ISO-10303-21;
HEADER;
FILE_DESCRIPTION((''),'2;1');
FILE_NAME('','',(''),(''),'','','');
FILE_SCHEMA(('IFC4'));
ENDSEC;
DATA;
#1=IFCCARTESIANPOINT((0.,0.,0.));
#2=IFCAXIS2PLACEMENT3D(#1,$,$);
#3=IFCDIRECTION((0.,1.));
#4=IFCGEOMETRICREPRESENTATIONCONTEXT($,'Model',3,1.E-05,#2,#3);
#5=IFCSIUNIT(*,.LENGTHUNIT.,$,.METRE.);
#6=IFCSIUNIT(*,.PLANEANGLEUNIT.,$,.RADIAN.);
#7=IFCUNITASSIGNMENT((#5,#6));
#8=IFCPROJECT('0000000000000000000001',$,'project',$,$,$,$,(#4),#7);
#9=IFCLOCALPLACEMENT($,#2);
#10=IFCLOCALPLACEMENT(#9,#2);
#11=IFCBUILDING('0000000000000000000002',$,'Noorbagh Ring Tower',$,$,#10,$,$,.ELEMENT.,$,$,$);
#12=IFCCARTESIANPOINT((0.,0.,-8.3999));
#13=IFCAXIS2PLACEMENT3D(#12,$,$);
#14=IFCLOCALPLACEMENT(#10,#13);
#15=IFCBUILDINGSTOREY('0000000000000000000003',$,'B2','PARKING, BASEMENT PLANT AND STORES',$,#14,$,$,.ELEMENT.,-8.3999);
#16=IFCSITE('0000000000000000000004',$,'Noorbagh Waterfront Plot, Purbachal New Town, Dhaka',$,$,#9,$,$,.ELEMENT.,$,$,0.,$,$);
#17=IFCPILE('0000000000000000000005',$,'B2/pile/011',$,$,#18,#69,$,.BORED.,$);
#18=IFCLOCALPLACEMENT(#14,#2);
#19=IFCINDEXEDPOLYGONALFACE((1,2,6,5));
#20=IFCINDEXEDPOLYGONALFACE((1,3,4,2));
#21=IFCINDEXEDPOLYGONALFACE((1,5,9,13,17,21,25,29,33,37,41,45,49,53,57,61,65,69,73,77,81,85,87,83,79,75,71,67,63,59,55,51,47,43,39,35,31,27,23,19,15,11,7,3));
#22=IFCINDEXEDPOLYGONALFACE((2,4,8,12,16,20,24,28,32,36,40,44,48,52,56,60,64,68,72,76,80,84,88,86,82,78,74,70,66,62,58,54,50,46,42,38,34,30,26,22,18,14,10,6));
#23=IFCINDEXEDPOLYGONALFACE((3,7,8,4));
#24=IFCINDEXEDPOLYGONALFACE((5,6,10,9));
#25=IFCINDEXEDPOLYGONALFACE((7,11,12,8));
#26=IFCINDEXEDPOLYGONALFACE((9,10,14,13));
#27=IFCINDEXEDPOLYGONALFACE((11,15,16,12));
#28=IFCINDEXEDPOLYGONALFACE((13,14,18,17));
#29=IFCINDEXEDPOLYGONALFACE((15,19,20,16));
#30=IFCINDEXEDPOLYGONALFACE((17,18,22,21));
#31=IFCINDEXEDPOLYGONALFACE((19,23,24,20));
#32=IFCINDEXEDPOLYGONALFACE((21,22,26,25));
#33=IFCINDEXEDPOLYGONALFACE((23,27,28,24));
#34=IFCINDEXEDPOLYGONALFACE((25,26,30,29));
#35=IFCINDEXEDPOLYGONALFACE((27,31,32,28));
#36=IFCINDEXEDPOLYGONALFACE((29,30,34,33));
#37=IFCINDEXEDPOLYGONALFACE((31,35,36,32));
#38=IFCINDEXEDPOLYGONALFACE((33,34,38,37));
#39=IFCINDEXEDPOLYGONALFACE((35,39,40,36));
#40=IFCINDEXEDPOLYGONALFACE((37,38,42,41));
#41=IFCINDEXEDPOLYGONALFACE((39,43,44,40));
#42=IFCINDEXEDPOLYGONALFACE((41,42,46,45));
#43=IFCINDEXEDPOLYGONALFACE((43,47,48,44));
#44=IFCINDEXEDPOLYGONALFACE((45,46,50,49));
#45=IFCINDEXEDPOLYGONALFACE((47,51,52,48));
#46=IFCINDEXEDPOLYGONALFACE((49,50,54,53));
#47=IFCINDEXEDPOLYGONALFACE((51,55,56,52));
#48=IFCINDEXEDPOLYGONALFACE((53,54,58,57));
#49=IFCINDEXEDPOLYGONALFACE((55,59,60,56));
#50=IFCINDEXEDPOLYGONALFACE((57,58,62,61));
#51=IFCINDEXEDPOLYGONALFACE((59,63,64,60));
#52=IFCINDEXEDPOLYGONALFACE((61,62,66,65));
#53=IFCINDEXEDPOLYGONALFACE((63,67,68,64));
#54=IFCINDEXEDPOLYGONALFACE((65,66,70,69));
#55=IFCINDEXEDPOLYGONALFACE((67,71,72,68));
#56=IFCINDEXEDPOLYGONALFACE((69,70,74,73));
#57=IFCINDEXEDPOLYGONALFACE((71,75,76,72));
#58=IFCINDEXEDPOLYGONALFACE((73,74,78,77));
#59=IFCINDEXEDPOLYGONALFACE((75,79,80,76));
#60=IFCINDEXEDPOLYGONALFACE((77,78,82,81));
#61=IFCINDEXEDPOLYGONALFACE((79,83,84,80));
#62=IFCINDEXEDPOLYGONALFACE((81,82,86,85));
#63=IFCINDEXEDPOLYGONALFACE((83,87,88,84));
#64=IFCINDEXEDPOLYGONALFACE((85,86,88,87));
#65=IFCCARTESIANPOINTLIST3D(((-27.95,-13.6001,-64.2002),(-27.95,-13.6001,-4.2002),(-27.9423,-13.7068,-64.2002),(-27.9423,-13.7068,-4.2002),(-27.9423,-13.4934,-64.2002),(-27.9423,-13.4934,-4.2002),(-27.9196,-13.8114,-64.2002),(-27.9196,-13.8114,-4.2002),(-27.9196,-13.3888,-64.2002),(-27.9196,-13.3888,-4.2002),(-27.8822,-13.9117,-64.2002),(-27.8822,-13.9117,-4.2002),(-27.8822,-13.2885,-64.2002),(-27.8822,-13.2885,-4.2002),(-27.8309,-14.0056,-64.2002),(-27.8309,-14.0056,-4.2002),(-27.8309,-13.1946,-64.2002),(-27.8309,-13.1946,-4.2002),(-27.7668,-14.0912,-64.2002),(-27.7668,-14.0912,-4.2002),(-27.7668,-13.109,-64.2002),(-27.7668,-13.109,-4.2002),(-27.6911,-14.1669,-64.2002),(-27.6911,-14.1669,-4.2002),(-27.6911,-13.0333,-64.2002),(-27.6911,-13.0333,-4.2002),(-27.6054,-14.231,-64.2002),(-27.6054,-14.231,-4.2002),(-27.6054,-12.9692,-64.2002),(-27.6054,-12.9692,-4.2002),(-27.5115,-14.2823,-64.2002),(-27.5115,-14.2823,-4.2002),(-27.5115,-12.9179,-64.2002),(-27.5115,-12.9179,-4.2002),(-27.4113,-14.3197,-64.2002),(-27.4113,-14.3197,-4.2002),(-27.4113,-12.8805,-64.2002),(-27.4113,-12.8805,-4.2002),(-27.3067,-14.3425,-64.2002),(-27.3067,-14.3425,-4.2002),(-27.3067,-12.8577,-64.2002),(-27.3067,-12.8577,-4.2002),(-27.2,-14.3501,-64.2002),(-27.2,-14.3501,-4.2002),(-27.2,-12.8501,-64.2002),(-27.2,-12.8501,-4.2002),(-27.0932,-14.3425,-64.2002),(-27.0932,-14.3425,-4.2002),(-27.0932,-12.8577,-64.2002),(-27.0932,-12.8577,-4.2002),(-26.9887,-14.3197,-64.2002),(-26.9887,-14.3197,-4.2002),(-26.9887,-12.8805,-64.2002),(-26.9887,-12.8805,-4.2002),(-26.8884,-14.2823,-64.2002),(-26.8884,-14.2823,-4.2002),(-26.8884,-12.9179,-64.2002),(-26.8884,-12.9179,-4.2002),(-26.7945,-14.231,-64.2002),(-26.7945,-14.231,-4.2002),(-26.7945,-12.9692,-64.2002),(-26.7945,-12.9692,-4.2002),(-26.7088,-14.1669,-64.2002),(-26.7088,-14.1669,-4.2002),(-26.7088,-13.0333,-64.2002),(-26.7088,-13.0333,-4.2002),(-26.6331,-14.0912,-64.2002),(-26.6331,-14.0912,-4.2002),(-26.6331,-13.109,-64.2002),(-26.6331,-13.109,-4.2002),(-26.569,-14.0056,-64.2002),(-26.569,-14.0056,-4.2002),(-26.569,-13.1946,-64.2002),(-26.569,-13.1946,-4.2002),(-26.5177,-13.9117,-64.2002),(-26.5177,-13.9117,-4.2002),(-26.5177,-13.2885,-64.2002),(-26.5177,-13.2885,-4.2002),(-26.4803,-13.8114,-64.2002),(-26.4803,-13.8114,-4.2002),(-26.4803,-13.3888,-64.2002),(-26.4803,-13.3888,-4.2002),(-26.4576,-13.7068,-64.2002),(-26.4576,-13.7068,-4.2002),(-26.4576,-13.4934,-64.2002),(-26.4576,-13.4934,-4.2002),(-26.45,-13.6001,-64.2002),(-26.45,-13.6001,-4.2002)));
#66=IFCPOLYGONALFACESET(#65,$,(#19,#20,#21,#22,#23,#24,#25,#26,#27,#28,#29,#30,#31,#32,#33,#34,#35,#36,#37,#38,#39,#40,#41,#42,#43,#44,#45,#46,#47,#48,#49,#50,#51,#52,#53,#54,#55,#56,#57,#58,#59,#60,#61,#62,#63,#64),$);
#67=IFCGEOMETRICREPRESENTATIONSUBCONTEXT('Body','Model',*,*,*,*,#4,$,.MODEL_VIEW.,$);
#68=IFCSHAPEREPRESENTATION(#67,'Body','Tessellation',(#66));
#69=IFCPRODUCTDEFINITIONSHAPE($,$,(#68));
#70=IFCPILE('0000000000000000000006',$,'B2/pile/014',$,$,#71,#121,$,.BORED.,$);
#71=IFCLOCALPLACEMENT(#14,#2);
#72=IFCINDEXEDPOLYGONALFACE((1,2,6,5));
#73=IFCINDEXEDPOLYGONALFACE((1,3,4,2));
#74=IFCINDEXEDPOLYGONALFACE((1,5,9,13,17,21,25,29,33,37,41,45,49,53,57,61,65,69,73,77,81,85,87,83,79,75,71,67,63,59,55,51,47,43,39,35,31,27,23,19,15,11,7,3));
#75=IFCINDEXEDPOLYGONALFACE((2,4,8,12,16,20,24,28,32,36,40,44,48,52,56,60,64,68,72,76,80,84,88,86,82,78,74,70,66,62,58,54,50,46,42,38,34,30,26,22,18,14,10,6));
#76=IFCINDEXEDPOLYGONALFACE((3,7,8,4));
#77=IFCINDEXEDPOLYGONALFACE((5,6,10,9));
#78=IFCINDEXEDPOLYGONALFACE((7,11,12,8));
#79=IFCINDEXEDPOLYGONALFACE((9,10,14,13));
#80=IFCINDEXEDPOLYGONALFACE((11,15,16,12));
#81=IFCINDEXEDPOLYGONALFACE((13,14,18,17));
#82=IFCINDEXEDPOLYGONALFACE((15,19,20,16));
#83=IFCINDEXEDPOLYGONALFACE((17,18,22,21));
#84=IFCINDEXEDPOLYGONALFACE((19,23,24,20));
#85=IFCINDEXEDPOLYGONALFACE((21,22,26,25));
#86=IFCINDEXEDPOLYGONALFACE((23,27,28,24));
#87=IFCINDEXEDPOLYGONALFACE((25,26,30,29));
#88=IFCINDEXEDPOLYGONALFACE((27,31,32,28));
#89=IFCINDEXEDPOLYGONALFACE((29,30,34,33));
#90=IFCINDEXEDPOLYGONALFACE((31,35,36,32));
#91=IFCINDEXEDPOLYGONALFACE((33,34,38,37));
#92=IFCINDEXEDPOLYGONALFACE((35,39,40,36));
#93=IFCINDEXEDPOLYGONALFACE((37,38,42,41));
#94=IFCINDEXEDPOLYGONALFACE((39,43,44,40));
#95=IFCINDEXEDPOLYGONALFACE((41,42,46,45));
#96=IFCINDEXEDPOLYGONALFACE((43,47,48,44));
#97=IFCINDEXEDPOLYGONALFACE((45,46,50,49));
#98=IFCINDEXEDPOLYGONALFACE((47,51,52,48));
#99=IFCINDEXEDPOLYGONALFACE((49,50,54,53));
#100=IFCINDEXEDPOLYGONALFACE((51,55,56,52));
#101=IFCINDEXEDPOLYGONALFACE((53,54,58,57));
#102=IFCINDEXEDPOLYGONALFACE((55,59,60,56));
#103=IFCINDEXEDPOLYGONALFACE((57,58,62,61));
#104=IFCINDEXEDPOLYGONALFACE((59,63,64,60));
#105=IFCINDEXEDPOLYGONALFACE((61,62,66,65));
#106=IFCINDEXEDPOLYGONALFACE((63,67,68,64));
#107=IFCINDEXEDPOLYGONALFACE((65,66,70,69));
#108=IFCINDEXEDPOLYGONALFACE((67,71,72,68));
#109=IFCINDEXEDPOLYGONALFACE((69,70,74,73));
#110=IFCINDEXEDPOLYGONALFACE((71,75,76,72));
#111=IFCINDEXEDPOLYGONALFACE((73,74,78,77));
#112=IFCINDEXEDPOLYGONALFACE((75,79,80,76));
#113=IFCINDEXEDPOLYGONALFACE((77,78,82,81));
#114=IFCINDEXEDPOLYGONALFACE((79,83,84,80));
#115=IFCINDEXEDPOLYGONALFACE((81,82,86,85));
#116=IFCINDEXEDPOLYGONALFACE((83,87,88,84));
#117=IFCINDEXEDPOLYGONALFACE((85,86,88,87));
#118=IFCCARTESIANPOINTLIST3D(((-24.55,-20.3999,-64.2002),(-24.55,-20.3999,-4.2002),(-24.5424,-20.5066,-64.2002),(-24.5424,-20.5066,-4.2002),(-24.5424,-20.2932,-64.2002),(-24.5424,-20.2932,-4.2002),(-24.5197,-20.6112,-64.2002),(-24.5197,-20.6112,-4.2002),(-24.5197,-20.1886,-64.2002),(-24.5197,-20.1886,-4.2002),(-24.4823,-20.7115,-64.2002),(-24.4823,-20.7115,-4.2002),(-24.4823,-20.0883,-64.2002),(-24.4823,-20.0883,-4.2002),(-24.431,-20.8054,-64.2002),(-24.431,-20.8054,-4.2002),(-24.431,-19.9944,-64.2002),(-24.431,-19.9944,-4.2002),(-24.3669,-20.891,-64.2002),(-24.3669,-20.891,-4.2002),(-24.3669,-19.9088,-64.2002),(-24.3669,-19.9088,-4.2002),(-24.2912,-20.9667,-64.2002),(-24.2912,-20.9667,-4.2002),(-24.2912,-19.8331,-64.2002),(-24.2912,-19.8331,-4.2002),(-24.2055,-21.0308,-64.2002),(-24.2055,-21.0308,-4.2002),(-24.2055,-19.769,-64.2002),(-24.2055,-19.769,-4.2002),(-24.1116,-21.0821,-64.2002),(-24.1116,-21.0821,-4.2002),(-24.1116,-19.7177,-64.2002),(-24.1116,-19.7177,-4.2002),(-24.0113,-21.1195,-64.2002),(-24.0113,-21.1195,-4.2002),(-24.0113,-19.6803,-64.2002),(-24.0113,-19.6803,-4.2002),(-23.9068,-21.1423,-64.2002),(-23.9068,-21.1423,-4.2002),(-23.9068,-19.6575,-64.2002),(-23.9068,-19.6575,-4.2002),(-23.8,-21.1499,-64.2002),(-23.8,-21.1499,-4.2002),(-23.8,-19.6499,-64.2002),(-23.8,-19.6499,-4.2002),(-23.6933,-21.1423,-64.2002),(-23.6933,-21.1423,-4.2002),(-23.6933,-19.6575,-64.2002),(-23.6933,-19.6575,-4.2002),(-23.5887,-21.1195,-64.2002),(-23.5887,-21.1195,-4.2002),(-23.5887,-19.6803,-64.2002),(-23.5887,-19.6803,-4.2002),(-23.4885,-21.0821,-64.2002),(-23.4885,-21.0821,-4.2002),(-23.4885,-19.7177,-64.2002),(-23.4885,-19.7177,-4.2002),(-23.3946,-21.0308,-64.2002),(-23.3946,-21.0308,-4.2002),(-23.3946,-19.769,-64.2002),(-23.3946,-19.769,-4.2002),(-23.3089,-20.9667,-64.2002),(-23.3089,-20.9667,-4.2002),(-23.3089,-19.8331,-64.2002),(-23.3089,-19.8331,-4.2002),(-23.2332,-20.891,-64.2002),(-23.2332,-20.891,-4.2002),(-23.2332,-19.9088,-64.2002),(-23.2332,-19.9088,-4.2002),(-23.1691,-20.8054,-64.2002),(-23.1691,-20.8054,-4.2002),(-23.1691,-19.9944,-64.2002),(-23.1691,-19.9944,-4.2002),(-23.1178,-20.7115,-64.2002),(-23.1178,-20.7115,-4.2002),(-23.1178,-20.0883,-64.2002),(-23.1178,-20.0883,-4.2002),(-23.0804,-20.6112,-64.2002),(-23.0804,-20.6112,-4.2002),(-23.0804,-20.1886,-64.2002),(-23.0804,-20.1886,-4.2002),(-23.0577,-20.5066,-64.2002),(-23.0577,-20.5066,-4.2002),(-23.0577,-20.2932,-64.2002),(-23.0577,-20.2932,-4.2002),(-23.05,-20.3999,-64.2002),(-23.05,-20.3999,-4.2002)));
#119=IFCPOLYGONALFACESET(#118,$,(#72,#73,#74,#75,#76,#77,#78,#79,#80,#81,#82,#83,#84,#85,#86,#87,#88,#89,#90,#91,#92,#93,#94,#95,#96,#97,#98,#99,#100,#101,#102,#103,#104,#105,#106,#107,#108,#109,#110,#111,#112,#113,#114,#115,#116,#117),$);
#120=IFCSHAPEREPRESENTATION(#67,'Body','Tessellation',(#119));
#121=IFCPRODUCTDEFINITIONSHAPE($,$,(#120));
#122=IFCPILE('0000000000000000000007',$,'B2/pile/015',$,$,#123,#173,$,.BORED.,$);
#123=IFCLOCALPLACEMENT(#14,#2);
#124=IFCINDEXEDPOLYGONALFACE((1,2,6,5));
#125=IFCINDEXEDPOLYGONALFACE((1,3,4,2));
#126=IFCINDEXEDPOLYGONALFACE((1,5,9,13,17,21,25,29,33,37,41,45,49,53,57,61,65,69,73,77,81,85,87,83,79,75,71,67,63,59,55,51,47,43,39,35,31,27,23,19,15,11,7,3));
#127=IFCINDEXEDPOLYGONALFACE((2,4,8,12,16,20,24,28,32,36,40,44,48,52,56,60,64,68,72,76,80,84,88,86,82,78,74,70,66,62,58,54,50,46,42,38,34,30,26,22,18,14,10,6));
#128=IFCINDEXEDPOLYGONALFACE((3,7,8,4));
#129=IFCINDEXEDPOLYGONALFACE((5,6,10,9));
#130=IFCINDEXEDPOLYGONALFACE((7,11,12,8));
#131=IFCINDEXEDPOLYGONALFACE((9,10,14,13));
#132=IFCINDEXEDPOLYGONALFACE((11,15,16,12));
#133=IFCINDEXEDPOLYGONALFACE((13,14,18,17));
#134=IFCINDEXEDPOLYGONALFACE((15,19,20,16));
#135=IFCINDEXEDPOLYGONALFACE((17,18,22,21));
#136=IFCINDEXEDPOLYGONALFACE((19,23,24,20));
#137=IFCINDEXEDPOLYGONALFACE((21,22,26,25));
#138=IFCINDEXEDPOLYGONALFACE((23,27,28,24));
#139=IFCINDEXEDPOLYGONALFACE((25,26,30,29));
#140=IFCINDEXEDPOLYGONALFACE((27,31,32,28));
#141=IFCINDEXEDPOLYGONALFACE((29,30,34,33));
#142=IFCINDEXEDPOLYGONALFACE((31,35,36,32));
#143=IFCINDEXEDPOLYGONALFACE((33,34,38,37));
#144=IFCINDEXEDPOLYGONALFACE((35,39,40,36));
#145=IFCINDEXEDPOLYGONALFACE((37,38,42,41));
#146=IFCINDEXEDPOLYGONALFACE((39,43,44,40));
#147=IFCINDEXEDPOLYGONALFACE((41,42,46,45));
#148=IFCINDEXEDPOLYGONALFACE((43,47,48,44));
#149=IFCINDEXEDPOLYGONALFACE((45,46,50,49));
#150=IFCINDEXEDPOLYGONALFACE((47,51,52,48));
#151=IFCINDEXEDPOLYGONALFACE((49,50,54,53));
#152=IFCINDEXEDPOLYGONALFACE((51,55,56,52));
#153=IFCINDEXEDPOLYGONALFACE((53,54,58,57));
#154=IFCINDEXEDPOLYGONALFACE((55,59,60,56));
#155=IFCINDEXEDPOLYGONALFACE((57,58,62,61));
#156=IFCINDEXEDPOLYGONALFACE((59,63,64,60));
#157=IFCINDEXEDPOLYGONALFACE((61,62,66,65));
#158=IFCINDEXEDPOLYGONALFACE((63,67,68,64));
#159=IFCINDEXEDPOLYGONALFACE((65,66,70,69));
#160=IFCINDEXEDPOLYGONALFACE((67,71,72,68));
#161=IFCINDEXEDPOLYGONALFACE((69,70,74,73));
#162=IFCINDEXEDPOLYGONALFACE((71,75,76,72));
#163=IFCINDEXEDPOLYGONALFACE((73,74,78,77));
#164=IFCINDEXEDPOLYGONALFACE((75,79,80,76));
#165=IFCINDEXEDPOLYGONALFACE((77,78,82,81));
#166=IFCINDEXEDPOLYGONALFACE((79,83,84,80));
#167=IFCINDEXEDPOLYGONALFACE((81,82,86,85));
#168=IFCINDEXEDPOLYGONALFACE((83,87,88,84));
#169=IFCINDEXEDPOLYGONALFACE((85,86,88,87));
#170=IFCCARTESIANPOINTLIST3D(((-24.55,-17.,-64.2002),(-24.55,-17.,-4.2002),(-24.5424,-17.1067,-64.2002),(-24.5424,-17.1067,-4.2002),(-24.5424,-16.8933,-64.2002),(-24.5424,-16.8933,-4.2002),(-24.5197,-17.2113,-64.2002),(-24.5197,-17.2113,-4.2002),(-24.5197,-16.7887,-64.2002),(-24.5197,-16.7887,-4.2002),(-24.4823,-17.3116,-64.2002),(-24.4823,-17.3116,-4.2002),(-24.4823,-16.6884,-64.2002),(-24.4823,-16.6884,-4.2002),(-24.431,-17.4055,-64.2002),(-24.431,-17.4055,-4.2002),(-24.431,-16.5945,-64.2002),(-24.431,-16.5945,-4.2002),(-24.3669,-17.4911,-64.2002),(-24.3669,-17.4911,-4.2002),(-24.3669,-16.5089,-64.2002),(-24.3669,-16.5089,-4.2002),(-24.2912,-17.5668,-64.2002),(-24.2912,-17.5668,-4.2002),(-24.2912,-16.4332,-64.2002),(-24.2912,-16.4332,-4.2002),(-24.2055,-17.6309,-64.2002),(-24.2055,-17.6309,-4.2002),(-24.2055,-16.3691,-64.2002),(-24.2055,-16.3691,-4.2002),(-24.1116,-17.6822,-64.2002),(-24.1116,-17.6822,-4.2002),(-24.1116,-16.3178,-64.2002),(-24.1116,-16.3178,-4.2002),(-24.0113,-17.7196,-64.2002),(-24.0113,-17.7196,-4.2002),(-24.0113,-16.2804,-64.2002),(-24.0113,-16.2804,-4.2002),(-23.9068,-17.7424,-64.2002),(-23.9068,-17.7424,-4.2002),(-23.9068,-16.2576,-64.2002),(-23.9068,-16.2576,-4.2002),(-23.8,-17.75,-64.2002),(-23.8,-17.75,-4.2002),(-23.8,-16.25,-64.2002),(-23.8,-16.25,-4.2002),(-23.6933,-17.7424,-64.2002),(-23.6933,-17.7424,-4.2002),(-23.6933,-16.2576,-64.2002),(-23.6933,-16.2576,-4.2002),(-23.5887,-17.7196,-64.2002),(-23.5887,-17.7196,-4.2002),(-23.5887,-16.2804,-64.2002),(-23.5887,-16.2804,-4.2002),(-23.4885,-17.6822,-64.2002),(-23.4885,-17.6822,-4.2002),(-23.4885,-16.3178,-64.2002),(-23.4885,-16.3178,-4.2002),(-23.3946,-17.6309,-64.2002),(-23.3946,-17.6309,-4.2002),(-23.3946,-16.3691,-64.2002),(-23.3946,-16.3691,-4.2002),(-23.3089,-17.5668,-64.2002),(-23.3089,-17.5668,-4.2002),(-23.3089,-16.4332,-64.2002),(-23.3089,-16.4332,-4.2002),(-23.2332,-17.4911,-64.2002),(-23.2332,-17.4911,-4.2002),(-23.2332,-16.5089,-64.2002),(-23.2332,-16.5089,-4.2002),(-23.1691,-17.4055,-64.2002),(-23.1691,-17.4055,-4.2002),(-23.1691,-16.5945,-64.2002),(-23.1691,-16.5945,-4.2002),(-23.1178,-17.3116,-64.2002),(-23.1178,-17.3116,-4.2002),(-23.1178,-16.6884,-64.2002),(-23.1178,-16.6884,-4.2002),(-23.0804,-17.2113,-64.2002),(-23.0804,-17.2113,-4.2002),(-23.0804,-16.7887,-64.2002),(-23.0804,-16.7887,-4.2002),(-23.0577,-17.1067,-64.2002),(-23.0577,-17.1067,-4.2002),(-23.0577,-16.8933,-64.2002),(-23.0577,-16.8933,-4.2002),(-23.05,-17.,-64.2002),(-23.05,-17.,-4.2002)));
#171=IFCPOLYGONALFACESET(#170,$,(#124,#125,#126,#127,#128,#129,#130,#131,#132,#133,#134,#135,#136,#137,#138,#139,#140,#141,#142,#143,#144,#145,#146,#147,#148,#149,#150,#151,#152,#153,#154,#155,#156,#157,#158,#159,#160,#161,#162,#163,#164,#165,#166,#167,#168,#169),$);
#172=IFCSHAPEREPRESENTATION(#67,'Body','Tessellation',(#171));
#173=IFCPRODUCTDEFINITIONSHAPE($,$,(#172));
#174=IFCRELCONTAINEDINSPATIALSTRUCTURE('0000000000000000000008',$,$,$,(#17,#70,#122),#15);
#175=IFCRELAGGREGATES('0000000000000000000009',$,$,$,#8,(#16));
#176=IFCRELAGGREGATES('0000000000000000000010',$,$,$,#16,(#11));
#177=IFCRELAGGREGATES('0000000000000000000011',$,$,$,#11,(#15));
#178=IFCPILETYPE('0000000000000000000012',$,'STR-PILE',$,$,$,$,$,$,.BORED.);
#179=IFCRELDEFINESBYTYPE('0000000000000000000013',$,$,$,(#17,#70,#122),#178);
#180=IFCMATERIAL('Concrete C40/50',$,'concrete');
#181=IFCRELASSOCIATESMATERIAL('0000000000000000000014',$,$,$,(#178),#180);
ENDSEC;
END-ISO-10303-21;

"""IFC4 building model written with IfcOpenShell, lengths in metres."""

from ifc_helpers import new_model, si_unit, direction, frame, origin, origin_2d, place, context, subcontext, project, spatial, circle, extrude, material, material_profile, profile_set, type_object, element, save


model = new_model("IFC4")

# Units and contexts
model_context = context("Model", 3, precision=1e-05, world=origin(), true_north=direction((0.0, 1.0)))
body_context = subcontext(model_context, "Body", "Model", "MODEL_VIEW")
ifc_project = project(units=[si_unit("LENGTHUNIT", "METRE"), si_unit("PLANEANGLEUNIT", "RADIAN")], contexts=[model_context])

# Site, building, storey
site_placement = place(None, origin())
site = spatial("IfcSite", under=ifc_project, at=site_placement, Name="Noorbagh Waterfront Plot, Purbachal New Town, Dhaka", CompositionType="ELEMENT", RefElevation=0.0)
building_placement = place(site_placement, origin())
building = spatial("IfcBuilding", under=site, at=building_placement, Name="Noorbagh Ring Tower", CompositionType="ELEMENT")
storey_placement = place(building_placement, frame((0.0, 0.0, -8.3999)))
storey = spatial("IfcBuildingStorey", under=building, at=storey_placement, Name="B2", Description="PARKING, BASEMENT PLANT AND STORES", CompositionType="ELEMENT", Elevation=-8.3999)

# Piles
ifc_material_1 = material(Name="Concrete C40/50", Category="concrete")
ifc_material_profile_1 = material_profile(ifc_material_1, circle(Radius=0.75, at=origin_2d()), Name="PILE1500")
ifc_profile_set_1 = profile_set([ifc_material_profile_1], Name="Concrete C40/50")
pile_type_1 = type_object("IfcPileType", Name="STR-PILE", PredefinedType="BORED", material=ifc_profile_set_1)
for number, where, z_axis, x_axis, name in (
    (1, (-27.2, -13.6001, -4.2002), (0.0, 0.0, -1.0), (1.0, 0.0, 0.0), "B2/pile/011"),
    (2, (-23.8, -20.3999, -4.2002), (0.0, 0.0, -1.0), (1.0, 0.0, 0.0), "B2/pile/014"),
    (3, (-23.8, -17.0, -4.2002), (0.0, 0.0, -1.0), (1.0, 0.0, 0.0), "B2/pile/015"),
):
    element("IfcPile", number, at=place(storey_placement, frame(where, z_axis=z_axis, x_axis=x_axis)), inside=storey, type_object=pile_type_1, Name=name, PredefinedType="BORED", context=body_context, shape_type="SweptSolid", body=[
        extrude(circle(Radius=0.75, at=origin_2d()), origin(), (0.0, 0.0, 1.0), 60.0),
    ])

save(model, "model.ifc")
